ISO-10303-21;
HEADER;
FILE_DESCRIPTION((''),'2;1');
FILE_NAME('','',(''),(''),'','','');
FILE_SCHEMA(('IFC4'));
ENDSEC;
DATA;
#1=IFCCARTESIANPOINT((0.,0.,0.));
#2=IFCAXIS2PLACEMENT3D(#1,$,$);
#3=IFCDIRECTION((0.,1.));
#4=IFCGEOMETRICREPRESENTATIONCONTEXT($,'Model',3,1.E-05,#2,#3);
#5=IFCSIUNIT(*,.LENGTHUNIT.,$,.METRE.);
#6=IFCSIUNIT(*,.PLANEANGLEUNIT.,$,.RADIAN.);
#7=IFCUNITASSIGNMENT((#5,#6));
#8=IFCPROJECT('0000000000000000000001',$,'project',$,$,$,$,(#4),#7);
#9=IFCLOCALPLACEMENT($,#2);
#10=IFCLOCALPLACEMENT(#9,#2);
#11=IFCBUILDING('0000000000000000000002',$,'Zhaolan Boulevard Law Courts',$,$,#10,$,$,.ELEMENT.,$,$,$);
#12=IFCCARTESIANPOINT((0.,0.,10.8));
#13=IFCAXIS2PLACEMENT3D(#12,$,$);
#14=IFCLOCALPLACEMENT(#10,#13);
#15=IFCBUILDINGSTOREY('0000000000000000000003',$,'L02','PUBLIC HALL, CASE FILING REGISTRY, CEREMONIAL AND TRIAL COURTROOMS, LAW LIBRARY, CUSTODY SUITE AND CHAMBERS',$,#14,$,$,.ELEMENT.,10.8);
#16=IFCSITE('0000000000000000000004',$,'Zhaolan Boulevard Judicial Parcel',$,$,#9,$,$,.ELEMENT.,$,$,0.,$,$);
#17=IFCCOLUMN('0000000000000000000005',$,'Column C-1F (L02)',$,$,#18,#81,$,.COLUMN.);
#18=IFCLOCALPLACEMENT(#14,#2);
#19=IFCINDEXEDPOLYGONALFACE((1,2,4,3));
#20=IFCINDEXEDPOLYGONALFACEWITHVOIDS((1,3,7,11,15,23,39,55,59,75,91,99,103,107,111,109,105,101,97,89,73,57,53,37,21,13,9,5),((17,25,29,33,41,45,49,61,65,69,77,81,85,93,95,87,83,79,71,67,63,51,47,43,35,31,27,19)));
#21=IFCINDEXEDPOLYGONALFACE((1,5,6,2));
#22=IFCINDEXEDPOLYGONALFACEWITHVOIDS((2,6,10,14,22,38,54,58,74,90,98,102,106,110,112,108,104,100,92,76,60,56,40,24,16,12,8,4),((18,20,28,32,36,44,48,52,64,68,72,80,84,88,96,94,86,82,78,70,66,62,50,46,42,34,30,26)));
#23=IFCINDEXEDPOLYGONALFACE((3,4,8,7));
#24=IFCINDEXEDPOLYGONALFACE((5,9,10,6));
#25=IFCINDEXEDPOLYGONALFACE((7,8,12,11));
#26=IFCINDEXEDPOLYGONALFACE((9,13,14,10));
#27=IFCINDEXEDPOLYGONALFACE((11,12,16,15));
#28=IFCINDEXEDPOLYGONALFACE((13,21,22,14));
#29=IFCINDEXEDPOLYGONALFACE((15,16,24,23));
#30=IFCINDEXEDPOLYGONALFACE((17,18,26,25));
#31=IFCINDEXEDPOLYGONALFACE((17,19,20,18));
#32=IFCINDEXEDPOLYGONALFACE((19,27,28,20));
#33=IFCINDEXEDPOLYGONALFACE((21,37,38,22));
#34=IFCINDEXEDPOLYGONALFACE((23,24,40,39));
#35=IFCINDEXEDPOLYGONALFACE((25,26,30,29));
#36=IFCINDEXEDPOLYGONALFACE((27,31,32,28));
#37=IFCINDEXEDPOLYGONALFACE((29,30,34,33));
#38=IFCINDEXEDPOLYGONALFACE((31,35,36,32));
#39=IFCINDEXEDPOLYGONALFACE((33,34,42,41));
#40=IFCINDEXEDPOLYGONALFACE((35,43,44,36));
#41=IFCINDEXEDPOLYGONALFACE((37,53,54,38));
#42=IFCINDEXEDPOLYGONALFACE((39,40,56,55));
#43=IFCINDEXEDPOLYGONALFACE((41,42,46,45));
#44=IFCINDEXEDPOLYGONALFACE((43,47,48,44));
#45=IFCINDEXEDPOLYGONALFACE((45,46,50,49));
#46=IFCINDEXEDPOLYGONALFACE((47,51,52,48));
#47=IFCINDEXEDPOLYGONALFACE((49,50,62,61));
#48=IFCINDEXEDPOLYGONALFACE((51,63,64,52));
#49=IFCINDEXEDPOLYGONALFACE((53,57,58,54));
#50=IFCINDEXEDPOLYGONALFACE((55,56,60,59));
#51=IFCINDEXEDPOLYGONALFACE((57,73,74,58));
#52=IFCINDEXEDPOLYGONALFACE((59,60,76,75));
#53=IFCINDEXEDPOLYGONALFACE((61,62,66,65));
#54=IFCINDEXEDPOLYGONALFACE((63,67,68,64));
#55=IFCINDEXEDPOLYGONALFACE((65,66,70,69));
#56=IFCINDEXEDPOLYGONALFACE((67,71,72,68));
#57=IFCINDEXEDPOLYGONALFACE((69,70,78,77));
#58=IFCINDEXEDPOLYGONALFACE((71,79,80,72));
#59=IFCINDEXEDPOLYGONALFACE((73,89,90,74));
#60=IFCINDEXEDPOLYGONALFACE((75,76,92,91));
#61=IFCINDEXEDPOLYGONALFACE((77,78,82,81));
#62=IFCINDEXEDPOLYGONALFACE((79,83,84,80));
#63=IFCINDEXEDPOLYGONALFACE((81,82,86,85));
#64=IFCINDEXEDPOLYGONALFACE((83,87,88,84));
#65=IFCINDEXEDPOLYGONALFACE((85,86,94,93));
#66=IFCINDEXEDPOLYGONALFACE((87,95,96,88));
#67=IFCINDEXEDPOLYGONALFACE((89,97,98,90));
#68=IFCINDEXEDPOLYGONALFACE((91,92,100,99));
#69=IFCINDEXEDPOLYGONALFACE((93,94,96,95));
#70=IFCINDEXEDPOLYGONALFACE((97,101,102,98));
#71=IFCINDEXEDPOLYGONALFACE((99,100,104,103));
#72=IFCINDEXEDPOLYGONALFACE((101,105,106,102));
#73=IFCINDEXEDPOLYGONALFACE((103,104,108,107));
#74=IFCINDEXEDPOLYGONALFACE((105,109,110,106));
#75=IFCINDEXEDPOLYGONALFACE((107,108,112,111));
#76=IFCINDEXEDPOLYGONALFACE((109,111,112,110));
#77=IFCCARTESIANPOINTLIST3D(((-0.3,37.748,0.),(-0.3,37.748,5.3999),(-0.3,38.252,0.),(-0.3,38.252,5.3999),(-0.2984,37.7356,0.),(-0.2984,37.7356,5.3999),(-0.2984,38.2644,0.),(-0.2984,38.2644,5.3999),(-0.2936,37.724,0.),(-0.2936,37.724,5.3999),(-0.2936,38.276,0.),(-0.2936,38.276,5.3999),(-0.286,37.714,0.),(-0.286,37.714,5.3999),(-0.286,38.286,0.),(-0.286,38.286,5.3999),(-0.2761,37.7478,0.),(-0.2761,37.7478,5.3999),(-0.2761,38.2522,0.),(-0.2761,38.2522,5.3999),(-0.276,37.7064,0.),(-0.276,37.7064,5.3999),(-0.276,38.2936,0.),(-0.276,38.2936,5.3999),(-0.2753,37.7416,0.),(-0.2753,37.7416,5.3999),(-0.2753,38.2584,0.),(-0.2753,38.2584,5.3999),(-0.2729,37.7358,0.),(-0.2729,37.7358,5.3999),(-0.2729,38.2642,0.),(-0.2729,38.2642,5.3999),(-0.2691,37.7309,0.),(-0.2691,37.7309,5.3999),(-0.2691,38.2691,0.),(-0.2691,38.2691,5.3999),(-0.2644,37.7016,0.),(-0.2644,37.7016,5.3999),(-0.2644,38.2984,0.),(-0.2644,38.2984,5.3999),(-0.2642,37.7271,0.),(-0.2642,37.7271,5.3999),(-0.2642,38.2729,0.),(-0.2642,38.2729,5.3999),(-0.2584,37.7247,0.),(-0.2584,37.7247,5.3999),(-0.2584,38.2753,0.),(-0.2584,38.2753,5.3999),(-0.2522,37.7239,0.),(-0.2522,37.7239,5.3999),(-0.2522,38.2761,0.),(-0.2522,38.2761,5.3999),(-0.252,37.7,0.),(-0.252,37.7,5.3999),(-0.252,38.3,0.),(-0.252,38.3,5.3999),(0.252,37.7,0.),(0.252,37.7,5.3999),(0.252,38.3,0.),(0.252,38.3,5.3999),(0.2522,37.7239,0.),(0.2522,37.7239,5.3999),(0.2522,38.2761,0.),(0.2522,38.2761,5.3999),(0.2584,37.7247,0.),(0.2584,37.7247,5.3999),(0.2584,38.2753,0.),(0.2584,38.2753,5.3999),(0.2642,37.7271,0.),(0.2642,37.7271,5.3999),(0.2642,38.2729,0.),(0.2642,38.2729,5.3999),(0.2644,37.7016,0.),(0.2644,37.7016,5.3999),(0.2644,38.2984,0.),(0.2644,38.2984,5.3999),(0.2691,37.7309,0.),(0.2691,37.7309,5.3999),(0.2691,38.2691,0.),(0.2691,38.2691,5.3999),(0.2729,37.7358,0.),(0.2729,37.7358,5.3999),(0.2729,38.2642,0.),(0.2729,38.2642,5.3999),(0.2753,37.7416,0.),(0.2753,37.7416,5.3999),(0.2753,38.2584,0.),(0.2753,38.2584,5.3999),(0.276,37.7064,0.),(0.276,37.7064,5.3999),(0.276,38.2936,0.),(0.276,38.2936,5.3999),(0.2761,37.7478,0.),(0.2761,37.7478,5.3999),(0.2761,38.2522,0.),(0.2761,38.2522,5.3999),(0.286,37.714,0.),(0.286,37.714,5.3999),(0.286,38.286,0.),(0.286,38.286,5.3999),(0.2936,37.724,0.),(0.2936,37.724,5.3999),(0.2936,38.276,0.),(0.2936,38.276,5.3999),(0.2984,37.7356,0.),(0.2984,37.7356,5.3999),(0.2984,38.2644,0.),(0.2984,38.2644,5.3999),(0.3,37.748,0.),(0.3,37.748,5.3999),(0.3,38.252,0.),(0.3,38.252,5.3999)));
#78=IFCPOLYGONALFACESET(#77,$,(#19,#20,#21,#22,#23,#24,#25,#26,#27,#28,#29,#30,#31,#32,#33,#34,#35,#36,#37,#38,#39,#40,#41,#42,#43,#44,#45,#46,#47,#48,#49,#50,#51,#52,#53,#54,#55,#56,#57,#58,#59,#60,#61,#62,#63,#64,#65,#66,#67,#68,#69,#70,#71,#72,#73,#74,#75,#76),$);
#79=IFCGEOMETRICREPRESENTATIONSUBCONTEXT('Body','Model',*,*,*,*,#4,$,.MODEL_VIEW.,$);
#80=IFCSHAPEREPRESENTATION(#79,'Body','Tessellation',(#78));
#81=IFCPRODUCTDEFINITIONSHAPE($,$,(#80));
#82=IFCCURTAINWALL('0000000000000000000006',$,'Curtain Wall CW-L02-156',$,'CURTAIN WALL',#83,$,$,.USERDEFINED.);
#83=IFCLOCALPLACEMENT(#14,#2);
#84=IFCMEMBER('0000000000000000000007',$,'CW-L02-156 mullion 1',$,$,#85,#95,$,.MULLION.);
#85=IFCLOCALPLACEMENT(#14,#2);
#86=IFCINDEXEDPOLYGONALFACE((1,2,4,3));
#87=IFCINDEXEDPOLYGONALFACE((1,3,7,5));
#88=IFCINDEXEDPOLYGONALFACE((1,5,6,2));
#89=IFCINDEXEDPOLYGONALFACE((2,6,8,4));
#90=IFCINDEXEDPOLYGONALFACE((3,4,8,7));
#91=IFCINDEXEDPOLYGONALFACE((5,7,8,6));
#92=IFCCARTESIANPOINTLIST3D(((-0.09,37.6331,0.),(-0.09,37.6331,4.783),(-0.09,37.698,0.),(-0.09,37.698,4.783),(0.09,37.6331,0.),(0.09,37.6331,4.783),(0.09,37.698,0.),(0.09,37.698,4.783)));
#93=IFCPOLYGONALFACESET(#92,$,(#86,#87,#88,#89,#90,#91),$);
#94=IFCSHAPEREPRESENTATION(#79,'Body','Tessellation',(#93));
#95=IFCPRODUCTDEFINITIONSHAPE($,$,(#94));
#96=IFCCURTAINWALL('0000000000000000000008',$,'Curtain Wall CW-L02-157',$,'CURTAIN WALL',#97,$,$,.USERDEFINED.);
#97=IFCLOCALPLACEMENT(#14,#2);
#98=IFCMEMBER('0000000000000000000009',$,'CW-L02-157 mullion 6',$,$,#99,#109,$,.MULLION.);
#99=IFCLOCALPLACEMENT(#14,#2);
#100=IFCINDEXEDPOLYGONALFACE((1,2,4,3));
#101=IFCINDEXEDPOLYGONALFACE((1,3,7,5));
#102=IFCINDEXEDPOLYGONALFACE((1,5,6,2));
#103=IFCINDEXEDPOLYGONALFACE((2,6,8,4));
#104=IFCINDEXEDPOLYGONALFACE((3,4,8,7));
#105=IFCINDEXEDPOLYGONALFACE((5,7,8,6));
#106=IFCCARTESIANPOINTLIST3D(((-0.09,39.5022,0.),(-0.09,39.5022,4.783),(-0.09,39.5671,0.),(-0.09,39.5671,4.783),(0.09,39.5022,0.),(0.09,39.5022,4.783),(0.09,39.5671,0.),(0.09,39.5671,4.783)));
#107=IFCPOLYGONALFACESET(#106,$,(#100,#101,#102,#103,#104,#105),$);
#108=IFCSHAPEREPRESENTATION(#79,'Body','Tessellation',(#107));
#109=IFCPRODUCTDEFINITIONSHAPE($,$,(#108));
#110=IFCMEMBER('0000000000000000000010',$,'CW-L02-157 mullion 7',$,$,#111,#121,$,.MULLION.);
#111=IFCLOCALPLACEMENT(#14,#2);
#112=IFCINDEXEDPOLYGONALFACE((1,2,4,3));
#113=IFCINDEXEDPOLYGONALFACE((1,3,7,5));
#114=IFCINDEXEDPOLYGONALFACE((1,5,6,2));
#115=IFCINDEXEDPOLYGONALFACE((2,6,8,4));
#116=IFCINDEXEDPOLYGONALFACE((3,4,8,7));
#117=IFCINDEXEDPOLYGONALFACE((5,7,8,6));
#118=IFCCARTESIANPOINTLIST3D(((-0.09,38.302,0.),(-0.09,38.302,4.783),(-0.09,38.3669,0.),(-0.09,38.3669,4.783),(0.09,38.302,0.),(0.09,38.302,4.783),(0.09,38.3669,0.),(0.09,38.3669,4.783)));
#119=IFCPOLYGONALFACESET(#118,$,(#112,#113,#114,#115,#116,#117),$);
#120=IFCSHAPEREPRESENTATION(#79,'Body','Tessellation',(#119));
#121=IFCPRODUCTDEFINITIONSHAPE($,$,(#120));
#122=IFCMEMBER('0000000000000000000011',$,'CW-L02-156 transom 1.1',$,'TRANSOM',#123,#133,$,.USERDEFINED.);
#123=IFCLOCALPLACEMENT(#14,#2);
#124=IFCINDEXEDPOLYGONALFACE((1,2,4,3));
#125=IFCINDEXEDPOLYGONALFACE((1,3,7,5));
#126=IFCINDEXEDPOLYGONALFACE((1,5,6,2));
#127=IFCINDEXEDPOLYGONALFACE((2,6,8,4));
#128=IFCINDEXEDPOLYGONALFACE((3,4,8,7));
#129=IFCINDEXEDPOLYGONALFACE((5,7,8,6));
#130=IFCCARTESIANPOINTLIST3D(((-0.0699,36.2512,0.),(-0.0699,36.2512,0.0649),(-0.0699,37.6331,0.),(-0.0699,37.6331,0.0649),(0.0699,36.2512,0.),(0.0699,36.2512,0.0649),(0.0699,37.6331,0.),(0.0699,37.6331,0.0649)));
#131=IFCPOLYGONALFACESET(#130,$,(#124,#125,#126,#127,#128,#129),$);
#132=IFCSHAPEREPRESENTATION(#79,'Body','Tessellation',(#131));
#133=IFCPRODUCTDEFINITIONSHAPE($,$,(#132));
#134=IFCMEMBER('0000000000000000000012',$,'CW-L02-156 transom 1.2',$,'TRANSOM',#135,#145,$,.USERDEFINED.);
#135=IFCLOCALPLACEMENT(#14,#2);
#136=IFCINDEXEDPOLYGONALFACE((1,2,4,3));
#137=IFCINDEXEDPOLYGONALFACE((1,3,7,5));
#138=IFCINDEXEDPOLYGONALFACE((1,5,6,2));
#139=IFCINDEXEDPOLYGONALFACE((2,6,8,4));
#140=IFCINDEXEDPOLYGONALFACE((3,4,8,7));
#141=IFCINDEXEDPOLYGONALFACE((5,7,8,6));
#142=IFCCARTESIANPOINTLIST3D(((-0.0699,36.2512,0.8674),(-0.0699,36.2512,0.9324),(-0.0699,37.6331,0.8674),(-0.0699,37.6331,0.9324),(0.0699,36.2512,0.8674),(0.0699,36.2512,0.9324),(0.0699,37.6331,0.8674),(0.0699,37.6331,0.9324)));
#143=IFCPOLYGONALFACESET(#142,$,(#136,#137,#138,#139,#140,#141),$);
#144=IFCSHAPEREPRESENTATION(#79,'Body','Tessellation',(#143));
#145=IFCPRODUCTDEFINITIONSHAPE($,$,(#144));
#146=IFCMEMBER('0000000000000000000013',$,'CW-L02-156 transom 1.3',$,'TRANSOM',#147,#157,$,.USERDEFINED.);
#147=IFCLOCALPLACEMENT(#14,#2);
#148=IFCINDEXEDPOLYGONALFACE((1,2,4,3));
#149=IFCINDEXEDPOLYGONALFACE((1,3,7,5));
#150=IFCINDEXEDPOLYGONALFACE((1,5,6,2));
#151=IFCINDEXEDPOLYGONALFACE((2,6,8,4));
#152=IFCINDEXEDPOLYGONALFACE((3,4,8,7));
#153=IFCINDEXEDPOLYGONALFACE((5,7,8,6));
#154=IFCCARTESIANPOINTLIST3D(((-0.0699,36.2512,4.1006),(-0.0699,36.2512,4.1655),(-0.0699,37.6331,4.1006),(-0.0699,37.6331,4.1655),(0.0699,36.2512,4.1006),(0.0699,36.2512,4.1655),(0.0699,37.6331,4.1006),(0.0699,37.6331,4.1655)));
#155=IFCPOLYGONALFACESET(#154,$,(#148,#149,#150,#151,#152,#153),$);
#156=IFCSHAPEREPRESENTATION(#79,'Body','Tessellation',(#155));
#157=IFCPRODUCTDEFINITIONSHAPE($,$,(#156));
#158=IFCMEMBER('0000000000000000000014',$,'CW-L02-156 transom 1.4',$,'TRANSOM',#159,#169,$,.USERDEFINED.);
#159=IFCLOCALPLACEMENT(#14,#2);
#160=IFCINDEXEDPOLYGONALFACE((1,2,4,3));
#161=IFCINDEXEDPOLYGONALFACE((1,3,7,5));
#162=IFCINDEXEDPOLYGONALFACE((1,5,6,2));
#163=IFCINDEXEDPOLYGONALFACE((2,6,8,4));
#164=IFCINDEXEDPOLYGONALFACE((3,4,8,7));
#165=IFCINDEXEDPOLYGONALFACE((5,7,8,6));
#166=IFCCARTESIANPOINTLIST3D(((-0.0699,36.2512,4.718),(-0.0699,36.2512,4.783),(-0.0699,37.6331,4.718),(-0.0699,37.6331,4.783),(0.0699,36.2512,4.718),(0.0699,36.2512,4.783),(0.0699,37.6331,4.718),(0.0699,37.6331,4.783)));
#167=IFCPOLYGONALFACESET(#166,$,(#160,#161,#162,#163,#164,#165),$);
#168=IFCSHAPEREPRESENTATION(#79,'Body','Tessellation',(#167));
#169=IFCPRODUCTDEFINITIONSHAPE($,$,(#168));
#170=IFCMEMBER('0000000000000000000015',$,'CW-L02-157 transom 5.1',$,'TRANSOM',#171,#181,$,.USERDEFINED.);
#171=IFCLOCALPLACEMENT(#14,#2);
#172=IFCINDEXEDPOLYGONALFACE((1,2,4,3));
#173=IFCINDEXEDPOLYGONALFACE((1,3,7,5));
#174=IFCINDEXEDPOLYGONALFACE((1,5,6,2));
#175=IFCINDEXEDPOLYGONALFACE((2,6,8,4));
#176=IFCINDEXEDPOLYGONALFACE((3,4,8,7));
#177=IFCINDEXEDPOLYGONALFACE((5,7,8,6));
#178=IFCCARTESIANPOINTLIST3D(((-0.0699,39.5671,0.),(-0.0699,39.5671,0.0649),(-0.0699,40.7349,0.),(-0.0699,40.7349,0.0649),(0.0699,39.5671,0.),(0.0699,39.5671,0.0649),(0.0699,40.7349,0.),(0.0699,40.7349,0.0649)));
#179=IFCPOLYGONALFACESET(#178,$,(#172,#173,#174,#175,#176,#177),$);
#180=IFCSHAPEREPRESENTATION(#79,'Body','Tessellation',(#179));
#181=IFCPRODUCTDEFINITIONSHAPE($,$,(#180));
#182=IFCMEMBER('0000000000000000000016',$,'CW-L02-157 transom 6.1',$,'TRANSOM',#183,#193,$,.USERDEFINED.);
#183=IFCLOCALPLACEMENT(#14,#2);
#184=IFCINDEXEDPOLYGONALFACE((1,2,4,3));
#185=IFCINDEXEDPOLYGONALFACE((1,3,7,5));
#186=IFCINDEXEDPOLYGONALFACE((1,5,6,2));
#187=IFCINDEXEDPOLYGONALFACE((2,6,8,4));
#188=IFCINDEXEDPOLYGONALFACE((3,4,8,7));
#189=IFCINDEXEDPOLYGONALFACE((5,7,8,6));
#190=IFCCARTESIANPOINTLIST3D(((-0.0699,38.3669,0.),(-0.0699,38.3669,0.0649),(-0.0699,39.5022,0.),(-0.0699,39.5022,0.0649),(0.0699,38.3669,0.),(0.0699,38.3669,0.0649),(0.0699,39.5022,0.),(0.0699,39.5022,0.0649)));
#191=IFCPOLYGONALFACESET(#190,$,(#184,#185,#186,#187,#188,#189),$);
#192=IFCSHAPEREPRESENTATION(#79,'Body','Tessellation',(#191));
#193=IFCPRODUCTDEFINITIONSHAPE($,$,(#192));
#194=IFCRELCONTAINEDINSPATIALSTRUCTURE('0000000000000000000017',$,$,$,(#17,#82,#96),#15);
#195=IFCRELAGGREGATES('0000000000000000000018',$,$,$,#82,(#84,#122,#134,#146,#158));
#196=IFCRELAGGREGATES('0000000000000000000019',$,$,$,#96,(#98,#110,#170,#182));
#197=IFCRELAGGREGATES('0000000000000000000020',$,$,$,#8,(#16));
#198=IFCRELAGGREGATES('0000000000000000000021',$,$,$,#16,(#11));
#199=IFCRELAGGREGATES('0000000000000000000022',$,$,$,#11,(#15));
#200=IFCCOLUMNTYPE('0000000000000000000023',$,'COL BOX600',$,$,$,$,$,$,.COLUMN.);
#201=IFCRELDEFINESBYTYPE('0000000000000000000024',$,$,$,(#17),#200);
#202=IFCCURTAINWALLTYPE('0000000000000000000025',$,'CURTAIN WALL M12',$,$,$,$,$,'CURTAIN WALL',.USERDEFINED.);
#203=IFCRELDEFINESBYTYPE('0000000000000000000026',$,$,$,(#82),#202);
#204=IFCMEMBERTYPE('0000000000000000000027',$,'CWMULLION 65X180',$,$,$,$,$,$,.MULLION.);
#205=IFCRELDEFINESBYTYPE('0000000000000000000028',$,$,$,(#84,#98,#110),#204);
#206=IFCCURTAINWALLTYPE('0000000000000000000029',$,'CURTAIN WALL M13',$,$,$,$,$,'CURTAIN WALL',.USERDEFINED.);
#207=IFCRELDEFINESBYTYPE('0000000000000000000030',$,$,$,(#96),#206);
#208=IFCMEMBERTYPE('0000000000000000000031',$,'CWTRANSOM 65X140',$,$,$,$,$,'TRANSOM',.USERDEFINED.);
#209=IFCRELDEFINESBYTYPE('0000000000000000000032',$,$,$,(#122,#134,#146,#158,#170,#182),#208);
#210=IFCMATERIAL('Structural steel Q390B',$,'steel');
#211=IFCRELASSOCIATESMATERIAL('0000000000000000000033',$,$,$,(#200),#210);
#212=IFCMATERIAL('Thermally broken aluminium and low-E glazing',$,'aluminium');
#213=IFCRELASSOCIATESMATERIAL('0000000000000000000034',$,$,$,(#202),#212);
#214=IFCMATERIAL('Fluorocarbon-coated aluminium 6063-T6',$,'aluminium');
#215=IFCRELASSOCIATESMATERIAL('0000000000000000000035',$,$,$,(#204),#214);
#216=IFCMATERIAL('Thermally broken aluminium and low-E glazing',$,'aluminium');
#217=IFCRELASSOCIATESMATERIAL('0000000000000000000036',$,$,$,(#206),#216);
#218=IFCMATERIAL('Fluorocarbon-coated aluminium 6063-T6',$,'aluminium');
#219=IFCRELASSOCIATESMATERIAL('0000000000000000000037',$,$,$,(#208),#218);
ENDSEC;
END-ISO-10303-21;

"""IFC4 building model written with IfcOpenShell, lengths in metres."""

from ifc_helpers import new_model, si_unit, direction, frame, origin, origin_2d, place, context, subcontext, project, spatial, rectangle, hollow_rectangle, extrude, material, material_profile, profile_set, type_object, element, aggregate, save


model = new_model("IFC4")

# Units and contexts
model_context = context("Model", 3, precision=1e-05, world=origin(), true_north=direction((0.0, 1.0)))
body_context = subcontext(model_context, "Body", "Model", "MODEL_VIEW")
ifc_project = project(units=[si_unit("LENGTHUNIT", "METRE"), si_unit("PLANEANGLEUNIT", "RADIAN")], contexts=[model_context])

# Site, building, storey
site_placement = place(None, origin())
site = spatial("IfcSite", under=ifc_project, at=site_placement, Name="Zhaolan Boulevard Judicial Parcel", CompositionType="ELEMENT", RefElevation=0.0)
building_placement = place(site_placement, origin())
building = spatial("IfcBuilding", under=site, at=building_placement, Name="Zhaolan Boulevard Law Courts", CompositionType="ELEMENT")
storey_placement = place(building_placement, frame((0.0, 0.0, 10.8)))
storey = spatial("IfcBuildingStorey", under=building, at=storey_placement, Name="L02", Description="PUBLIC HALL, CASE FILING REGISTRY, CEREMONIAL AND TRIAL COURTROOMS, LAW LIBRARY, CUSTODY SUITE AND CHAMBERS", CompositionType="ELEMENT", Elevation=10.8)

# Column
ifc_material_1 = material(Name="Structural steel Q390B", Category="steel")
ifc_material_profile_1 = material_profile(ifc_material_1, hollow_rectangle(XDim=0.6001, YDim=0.6001, WallThickness=0.0239, InnerFilletRadius=0.0239, OuterFilletRadius=0.0481, at=origin_2d()), Name="BOX600x600x24")
ifc_profile_set_1 = profile_set([ifc_material_profile_1], Name="Structural steel Q390B")
column_type = type_object("IfcColumnType", Name="COL BOX600", PredefinedType="COLUMN", material=ifc_profile_set_1)
column_placement = place(storey_placement, frame((0.0, 38.0, 0.0), z_axis=(0.0, 0.0, 1.0), x_axis=(1.0, 0.0, 0.0)))
element("IfcColumn", 1, at=column_placement, inside=storey, type_object=column_type, Name="Column C-1F (L02)", PredefinedType="COLUMN", context=body_context, shape_type="SweptSolid", body=[
    extrude(hollow_rectangle(XDim=0.6001, YDim=0.6001, WallThickness=0.0239, InnerFilletRadius=0.0239, OuterFilletRadius=0.0481, at=origin_2d()), origin(), (0.0, 0.0, 1.0), 5.3999),
])

# Curtain wall, member
ifc_material_2 = material(Name="Thermally broken aluminium and low-E glazing", Category="aluminium")
curtain_wall_type_1 = type_object("IfcCurtainWallType", Name="CURTAIN WALL M12", ElementType="CURTAIN WALL", PredefinedType="USERDEFINED", material=ifc_material_2)
curtain_wall_1_placement = place(storey_placement, origin())
curtain_wall_1 = element("IfcCurtainWall", 2, at=curtain_wall_1_placement, inside=storey, type_object=curtain_wall_type_1, Name="Curtain Wall CW-L02-156", ObjectType="CURTAIN WALL", PredefinedType="USERDEFINED")
ifc_material_3 = material(Name="Fluorocarbon-coated aluminium 6063-T6", Category="aluminium")
ifc_material_profile_2 = material_profile(ifc_material_3, rectangle(XDim=0.1799, YDim=0.0649, at=origin_2d()), Name="AL65x180")
ifc_profile_set_2 = profile_set([ifc_material_profile_2], Name="Fluorocarbon-coated aluminium 6063-T6")
member_type_1 = type_object("IfcMemberType", Name="CWMULLION 65X180", PredefinedType="MULLION", material=ifc_profile_set_2)
member_1_placement = place(storey_placement, frame((0.0, 37.6655, 0.0), z_axis=(0.0, 0.0, 1.0), x_axis=(1.0, 0.0, 0.0)))
member_1 = element("IfcMember", 3, at=member_1_placement, type_object=member_type_1, Name="CW-L02-156 mullion 1", PredefinedType="MULLION", context=body_context, shape_type="SweptSolid", body=[
    extrude(rectangle(XDim=0.1799, YDim=0.0649, at=origin_2d()), origin(), (0.0, 0.0, 1.0), 4.783),
])

# Curtain wall, members
ifc_material_4 = material(Name="Thermally broken aluminium and low-E glazing", Category="aluminium")
curtain_wall_type_2 = type_object("IfcCurtainWallType", Name="CURTAIN WALL M13", ElementType="CURTAIN WALL", PredefinedType="USERDEFINED", material=ifc_material_4)
curtain_wall_2_placement = place(storey_placement, origin())
curtain_wall_2 = element("IfcCurtainWall", 4, at=curtain_wall_2_placement, inside=storey, type_object=curtain_wall_type_2, Name="Curtain Wall CW-L02-157", ObjectType="CURTAIN WALL", PredefinedType="USERDEFINED")
member_2_placement = place(storey_placement, frame((0.0, 39.5347, 0.0), z_axis=(0.0, 0.0, 1.0), x_axis=(1.0, 0.0, 0.0)))
member_2 = element("IfcMember", 5, at=member_2_placement, type_object=member_type_1, Name="CW-L02-157 mullion 6", PredefinedType="MULLION", context=body_context, shape_type="SweptSolid", body=[
    extrude(rectangle(XDim=0.1799, YDim=0.0649, at=origin_2d()), origin(), (0.0, 0.0, 1.0), 4.783),
])
member_3_placement = place(storey_placement, frame((0.0, 38.3345, 0.0), z_axis=(0.0, 0.0, 1.0), x_axis=(1.0, 0.0, 0.0)))
member_3 = element("IfcMember", 6, at=member_3_placement, type_object=member_type_1, Name="CW-L02-157 mullion 7", PredefinedType="MULLION", context=body_context, shape_type="SweptSolid", body=[
    extrude(rectangle(XDim=0.1799, YDim=0.0649, at=origin_2d()), origin(), (0.0, 0.0, 1.0), 4.783),
])

# Members
ifc_material_5 = material(Name="Fluorocarbon-coated aluminium 6063-T6", Category="aluminium")
ifc_material_profile_3 = material_profile(ifc_material_5, rectangle(XDim=0.1399, YDim=0.0649, at=origin_2d()), Name="AL65x140")
ifc_profile_set_3 = profile_set([ifc_material_profile_3], Name="Fluorocarbon-coated aluminium 6063-T6")
member_type_2 = type_object("IfcMemberType", Name="CWTRANSOM 65X140", ElementType="TRANSOM", PredefinedType="USERDEFINED", material=ifc_profile_set_3)
member_4_placement = place(storey_placement, frame((0.0, 37.6331, 0.0325), z_axis=(0.0, -1.0, 0.0), x_axis=(1.0, 0.0, 0.0)))
member_4 = element("IfcMember", 7, at=member_4_placement, type_object=member_type_2, Name="CW-L02-156 transom 1.1", ObjectType="TRANSOM", PredefinedType="USERDEFINED", context=body_context, shape_type="SweptSolid", body=[
    extrude(rectangle(XDim=0.1399, YDim=0.0649, at=origin_2d()), origin(), (0.0, 0.0, 1.0), 1.3818),
])
member_5_placement = place(storey_placement, frame((0.0, 37.6331, 0.8999), z_axis=(0.0, -1.0, 0.0), x_axis=(1.0, 0.0, 0.0)))
member_5 = element("IfcMember", 8, at=member_5_placement, type_object=member_type_2, Name="CW-L02-156 transom 1.2", ObjectType="TRANSOM", PredefinedType="USERDEFINED", context=body_context, shape_type="SweptSolid", body=[
    extrude(rectangle(XDim=0.1399, YDim=0.0649, at=origin_2d()), origin(), (0.0, 0.0, 1.0), 1.3818),
])
member_6_placement = place(storey_placement, frame((0.0, 37.6331, 4.1331), z_axis=(0.0, -1.0, 0.0), x_axis=(1.0, 0.0, 0.0)))
member_6 = element("IfcMember", 9, at=member_6_placement, type_object=member_type_2, Name="CW-L02-156 transom 1.3", ObjectType="TRANSOM", PredefinedType="USERDEFINED", context=body_context, shape_type="SweptSolid", body=[
    extrude(rectangle(XDim=0.1399, YDim=0.0649, at=origin_2d()), origin(), (0.0, 0.0, 1.0), 1.3818),
])
member_7_placement = place(storey_placement, frame((0.0, 37.6331, 4.7505), z_axis=(0.0, -1.0, 0.0), x_axis=(1.0, 0.0, 0.0)))
member_7 = element("IfcMember", 10, at=member_7_placement, type_object=member_type_2, Name="CW-L02-156 transom 1.4", ObjectType="TRANSOM", PredefinedType="USERDEFINED", context=body_context, shape_type="SweptSolid", body=[
    extrude(rectangle(XDim=0.1399, YDim=0.0649, at=origin_2d()), origin(), (0.0, 0.0, 1.0), 1.3818),
])
aggregate(curtain_wall_1, [member_1, member_4, member_5, member_6, member_7])
member_8_placement = place(storey_placement, frame((0.0, 40.7349, 0.0325), z_axis=(0.0, -1.0, 0.0), x_axis=(1.0, 0.0, 0.0)))
member_8 = element("IfcMember", 11, at=member_8_placement, type_object=member_type_2, Name="CW-L02-157 transom 5.1", ObjectType="TRANSOM", PredefinedType="USERDEFINED", context=body_context, shape_type="SweptSolid", body=[
    extrude(rectangle(XDim=0.1399, YDim=0.0649, at=origin_2d()), origin(), (0.0, 0.0, 1.0), 1.1677),
])
member_9_placement = place(storey_placement, frame((0.0, 39.5022, 0.0325), z_axis=(0.0, -1.0, 0.0), x_axis=(1.0, 0.0, 0.0)))
member_9 = element("IfcMember", 12, at=member_9_placement, type_object=member_type_2, Name="CW-L02-157 transom 6.1", ObjectType="TRANSOM", PredefinedType="USERDEFINED", context=body_context, shape_type="SweptSolid", body=[
    extrude(rectangle(XDim=0.1399, YDim=0.0649, at=origin_2d()), origin(), (0.0, 0.0, 1.0), 1.1353),
])

aggregate(curtain_wall_2, [member_2, member_3, member_8, member_9])

save(model, "model.ifc")
